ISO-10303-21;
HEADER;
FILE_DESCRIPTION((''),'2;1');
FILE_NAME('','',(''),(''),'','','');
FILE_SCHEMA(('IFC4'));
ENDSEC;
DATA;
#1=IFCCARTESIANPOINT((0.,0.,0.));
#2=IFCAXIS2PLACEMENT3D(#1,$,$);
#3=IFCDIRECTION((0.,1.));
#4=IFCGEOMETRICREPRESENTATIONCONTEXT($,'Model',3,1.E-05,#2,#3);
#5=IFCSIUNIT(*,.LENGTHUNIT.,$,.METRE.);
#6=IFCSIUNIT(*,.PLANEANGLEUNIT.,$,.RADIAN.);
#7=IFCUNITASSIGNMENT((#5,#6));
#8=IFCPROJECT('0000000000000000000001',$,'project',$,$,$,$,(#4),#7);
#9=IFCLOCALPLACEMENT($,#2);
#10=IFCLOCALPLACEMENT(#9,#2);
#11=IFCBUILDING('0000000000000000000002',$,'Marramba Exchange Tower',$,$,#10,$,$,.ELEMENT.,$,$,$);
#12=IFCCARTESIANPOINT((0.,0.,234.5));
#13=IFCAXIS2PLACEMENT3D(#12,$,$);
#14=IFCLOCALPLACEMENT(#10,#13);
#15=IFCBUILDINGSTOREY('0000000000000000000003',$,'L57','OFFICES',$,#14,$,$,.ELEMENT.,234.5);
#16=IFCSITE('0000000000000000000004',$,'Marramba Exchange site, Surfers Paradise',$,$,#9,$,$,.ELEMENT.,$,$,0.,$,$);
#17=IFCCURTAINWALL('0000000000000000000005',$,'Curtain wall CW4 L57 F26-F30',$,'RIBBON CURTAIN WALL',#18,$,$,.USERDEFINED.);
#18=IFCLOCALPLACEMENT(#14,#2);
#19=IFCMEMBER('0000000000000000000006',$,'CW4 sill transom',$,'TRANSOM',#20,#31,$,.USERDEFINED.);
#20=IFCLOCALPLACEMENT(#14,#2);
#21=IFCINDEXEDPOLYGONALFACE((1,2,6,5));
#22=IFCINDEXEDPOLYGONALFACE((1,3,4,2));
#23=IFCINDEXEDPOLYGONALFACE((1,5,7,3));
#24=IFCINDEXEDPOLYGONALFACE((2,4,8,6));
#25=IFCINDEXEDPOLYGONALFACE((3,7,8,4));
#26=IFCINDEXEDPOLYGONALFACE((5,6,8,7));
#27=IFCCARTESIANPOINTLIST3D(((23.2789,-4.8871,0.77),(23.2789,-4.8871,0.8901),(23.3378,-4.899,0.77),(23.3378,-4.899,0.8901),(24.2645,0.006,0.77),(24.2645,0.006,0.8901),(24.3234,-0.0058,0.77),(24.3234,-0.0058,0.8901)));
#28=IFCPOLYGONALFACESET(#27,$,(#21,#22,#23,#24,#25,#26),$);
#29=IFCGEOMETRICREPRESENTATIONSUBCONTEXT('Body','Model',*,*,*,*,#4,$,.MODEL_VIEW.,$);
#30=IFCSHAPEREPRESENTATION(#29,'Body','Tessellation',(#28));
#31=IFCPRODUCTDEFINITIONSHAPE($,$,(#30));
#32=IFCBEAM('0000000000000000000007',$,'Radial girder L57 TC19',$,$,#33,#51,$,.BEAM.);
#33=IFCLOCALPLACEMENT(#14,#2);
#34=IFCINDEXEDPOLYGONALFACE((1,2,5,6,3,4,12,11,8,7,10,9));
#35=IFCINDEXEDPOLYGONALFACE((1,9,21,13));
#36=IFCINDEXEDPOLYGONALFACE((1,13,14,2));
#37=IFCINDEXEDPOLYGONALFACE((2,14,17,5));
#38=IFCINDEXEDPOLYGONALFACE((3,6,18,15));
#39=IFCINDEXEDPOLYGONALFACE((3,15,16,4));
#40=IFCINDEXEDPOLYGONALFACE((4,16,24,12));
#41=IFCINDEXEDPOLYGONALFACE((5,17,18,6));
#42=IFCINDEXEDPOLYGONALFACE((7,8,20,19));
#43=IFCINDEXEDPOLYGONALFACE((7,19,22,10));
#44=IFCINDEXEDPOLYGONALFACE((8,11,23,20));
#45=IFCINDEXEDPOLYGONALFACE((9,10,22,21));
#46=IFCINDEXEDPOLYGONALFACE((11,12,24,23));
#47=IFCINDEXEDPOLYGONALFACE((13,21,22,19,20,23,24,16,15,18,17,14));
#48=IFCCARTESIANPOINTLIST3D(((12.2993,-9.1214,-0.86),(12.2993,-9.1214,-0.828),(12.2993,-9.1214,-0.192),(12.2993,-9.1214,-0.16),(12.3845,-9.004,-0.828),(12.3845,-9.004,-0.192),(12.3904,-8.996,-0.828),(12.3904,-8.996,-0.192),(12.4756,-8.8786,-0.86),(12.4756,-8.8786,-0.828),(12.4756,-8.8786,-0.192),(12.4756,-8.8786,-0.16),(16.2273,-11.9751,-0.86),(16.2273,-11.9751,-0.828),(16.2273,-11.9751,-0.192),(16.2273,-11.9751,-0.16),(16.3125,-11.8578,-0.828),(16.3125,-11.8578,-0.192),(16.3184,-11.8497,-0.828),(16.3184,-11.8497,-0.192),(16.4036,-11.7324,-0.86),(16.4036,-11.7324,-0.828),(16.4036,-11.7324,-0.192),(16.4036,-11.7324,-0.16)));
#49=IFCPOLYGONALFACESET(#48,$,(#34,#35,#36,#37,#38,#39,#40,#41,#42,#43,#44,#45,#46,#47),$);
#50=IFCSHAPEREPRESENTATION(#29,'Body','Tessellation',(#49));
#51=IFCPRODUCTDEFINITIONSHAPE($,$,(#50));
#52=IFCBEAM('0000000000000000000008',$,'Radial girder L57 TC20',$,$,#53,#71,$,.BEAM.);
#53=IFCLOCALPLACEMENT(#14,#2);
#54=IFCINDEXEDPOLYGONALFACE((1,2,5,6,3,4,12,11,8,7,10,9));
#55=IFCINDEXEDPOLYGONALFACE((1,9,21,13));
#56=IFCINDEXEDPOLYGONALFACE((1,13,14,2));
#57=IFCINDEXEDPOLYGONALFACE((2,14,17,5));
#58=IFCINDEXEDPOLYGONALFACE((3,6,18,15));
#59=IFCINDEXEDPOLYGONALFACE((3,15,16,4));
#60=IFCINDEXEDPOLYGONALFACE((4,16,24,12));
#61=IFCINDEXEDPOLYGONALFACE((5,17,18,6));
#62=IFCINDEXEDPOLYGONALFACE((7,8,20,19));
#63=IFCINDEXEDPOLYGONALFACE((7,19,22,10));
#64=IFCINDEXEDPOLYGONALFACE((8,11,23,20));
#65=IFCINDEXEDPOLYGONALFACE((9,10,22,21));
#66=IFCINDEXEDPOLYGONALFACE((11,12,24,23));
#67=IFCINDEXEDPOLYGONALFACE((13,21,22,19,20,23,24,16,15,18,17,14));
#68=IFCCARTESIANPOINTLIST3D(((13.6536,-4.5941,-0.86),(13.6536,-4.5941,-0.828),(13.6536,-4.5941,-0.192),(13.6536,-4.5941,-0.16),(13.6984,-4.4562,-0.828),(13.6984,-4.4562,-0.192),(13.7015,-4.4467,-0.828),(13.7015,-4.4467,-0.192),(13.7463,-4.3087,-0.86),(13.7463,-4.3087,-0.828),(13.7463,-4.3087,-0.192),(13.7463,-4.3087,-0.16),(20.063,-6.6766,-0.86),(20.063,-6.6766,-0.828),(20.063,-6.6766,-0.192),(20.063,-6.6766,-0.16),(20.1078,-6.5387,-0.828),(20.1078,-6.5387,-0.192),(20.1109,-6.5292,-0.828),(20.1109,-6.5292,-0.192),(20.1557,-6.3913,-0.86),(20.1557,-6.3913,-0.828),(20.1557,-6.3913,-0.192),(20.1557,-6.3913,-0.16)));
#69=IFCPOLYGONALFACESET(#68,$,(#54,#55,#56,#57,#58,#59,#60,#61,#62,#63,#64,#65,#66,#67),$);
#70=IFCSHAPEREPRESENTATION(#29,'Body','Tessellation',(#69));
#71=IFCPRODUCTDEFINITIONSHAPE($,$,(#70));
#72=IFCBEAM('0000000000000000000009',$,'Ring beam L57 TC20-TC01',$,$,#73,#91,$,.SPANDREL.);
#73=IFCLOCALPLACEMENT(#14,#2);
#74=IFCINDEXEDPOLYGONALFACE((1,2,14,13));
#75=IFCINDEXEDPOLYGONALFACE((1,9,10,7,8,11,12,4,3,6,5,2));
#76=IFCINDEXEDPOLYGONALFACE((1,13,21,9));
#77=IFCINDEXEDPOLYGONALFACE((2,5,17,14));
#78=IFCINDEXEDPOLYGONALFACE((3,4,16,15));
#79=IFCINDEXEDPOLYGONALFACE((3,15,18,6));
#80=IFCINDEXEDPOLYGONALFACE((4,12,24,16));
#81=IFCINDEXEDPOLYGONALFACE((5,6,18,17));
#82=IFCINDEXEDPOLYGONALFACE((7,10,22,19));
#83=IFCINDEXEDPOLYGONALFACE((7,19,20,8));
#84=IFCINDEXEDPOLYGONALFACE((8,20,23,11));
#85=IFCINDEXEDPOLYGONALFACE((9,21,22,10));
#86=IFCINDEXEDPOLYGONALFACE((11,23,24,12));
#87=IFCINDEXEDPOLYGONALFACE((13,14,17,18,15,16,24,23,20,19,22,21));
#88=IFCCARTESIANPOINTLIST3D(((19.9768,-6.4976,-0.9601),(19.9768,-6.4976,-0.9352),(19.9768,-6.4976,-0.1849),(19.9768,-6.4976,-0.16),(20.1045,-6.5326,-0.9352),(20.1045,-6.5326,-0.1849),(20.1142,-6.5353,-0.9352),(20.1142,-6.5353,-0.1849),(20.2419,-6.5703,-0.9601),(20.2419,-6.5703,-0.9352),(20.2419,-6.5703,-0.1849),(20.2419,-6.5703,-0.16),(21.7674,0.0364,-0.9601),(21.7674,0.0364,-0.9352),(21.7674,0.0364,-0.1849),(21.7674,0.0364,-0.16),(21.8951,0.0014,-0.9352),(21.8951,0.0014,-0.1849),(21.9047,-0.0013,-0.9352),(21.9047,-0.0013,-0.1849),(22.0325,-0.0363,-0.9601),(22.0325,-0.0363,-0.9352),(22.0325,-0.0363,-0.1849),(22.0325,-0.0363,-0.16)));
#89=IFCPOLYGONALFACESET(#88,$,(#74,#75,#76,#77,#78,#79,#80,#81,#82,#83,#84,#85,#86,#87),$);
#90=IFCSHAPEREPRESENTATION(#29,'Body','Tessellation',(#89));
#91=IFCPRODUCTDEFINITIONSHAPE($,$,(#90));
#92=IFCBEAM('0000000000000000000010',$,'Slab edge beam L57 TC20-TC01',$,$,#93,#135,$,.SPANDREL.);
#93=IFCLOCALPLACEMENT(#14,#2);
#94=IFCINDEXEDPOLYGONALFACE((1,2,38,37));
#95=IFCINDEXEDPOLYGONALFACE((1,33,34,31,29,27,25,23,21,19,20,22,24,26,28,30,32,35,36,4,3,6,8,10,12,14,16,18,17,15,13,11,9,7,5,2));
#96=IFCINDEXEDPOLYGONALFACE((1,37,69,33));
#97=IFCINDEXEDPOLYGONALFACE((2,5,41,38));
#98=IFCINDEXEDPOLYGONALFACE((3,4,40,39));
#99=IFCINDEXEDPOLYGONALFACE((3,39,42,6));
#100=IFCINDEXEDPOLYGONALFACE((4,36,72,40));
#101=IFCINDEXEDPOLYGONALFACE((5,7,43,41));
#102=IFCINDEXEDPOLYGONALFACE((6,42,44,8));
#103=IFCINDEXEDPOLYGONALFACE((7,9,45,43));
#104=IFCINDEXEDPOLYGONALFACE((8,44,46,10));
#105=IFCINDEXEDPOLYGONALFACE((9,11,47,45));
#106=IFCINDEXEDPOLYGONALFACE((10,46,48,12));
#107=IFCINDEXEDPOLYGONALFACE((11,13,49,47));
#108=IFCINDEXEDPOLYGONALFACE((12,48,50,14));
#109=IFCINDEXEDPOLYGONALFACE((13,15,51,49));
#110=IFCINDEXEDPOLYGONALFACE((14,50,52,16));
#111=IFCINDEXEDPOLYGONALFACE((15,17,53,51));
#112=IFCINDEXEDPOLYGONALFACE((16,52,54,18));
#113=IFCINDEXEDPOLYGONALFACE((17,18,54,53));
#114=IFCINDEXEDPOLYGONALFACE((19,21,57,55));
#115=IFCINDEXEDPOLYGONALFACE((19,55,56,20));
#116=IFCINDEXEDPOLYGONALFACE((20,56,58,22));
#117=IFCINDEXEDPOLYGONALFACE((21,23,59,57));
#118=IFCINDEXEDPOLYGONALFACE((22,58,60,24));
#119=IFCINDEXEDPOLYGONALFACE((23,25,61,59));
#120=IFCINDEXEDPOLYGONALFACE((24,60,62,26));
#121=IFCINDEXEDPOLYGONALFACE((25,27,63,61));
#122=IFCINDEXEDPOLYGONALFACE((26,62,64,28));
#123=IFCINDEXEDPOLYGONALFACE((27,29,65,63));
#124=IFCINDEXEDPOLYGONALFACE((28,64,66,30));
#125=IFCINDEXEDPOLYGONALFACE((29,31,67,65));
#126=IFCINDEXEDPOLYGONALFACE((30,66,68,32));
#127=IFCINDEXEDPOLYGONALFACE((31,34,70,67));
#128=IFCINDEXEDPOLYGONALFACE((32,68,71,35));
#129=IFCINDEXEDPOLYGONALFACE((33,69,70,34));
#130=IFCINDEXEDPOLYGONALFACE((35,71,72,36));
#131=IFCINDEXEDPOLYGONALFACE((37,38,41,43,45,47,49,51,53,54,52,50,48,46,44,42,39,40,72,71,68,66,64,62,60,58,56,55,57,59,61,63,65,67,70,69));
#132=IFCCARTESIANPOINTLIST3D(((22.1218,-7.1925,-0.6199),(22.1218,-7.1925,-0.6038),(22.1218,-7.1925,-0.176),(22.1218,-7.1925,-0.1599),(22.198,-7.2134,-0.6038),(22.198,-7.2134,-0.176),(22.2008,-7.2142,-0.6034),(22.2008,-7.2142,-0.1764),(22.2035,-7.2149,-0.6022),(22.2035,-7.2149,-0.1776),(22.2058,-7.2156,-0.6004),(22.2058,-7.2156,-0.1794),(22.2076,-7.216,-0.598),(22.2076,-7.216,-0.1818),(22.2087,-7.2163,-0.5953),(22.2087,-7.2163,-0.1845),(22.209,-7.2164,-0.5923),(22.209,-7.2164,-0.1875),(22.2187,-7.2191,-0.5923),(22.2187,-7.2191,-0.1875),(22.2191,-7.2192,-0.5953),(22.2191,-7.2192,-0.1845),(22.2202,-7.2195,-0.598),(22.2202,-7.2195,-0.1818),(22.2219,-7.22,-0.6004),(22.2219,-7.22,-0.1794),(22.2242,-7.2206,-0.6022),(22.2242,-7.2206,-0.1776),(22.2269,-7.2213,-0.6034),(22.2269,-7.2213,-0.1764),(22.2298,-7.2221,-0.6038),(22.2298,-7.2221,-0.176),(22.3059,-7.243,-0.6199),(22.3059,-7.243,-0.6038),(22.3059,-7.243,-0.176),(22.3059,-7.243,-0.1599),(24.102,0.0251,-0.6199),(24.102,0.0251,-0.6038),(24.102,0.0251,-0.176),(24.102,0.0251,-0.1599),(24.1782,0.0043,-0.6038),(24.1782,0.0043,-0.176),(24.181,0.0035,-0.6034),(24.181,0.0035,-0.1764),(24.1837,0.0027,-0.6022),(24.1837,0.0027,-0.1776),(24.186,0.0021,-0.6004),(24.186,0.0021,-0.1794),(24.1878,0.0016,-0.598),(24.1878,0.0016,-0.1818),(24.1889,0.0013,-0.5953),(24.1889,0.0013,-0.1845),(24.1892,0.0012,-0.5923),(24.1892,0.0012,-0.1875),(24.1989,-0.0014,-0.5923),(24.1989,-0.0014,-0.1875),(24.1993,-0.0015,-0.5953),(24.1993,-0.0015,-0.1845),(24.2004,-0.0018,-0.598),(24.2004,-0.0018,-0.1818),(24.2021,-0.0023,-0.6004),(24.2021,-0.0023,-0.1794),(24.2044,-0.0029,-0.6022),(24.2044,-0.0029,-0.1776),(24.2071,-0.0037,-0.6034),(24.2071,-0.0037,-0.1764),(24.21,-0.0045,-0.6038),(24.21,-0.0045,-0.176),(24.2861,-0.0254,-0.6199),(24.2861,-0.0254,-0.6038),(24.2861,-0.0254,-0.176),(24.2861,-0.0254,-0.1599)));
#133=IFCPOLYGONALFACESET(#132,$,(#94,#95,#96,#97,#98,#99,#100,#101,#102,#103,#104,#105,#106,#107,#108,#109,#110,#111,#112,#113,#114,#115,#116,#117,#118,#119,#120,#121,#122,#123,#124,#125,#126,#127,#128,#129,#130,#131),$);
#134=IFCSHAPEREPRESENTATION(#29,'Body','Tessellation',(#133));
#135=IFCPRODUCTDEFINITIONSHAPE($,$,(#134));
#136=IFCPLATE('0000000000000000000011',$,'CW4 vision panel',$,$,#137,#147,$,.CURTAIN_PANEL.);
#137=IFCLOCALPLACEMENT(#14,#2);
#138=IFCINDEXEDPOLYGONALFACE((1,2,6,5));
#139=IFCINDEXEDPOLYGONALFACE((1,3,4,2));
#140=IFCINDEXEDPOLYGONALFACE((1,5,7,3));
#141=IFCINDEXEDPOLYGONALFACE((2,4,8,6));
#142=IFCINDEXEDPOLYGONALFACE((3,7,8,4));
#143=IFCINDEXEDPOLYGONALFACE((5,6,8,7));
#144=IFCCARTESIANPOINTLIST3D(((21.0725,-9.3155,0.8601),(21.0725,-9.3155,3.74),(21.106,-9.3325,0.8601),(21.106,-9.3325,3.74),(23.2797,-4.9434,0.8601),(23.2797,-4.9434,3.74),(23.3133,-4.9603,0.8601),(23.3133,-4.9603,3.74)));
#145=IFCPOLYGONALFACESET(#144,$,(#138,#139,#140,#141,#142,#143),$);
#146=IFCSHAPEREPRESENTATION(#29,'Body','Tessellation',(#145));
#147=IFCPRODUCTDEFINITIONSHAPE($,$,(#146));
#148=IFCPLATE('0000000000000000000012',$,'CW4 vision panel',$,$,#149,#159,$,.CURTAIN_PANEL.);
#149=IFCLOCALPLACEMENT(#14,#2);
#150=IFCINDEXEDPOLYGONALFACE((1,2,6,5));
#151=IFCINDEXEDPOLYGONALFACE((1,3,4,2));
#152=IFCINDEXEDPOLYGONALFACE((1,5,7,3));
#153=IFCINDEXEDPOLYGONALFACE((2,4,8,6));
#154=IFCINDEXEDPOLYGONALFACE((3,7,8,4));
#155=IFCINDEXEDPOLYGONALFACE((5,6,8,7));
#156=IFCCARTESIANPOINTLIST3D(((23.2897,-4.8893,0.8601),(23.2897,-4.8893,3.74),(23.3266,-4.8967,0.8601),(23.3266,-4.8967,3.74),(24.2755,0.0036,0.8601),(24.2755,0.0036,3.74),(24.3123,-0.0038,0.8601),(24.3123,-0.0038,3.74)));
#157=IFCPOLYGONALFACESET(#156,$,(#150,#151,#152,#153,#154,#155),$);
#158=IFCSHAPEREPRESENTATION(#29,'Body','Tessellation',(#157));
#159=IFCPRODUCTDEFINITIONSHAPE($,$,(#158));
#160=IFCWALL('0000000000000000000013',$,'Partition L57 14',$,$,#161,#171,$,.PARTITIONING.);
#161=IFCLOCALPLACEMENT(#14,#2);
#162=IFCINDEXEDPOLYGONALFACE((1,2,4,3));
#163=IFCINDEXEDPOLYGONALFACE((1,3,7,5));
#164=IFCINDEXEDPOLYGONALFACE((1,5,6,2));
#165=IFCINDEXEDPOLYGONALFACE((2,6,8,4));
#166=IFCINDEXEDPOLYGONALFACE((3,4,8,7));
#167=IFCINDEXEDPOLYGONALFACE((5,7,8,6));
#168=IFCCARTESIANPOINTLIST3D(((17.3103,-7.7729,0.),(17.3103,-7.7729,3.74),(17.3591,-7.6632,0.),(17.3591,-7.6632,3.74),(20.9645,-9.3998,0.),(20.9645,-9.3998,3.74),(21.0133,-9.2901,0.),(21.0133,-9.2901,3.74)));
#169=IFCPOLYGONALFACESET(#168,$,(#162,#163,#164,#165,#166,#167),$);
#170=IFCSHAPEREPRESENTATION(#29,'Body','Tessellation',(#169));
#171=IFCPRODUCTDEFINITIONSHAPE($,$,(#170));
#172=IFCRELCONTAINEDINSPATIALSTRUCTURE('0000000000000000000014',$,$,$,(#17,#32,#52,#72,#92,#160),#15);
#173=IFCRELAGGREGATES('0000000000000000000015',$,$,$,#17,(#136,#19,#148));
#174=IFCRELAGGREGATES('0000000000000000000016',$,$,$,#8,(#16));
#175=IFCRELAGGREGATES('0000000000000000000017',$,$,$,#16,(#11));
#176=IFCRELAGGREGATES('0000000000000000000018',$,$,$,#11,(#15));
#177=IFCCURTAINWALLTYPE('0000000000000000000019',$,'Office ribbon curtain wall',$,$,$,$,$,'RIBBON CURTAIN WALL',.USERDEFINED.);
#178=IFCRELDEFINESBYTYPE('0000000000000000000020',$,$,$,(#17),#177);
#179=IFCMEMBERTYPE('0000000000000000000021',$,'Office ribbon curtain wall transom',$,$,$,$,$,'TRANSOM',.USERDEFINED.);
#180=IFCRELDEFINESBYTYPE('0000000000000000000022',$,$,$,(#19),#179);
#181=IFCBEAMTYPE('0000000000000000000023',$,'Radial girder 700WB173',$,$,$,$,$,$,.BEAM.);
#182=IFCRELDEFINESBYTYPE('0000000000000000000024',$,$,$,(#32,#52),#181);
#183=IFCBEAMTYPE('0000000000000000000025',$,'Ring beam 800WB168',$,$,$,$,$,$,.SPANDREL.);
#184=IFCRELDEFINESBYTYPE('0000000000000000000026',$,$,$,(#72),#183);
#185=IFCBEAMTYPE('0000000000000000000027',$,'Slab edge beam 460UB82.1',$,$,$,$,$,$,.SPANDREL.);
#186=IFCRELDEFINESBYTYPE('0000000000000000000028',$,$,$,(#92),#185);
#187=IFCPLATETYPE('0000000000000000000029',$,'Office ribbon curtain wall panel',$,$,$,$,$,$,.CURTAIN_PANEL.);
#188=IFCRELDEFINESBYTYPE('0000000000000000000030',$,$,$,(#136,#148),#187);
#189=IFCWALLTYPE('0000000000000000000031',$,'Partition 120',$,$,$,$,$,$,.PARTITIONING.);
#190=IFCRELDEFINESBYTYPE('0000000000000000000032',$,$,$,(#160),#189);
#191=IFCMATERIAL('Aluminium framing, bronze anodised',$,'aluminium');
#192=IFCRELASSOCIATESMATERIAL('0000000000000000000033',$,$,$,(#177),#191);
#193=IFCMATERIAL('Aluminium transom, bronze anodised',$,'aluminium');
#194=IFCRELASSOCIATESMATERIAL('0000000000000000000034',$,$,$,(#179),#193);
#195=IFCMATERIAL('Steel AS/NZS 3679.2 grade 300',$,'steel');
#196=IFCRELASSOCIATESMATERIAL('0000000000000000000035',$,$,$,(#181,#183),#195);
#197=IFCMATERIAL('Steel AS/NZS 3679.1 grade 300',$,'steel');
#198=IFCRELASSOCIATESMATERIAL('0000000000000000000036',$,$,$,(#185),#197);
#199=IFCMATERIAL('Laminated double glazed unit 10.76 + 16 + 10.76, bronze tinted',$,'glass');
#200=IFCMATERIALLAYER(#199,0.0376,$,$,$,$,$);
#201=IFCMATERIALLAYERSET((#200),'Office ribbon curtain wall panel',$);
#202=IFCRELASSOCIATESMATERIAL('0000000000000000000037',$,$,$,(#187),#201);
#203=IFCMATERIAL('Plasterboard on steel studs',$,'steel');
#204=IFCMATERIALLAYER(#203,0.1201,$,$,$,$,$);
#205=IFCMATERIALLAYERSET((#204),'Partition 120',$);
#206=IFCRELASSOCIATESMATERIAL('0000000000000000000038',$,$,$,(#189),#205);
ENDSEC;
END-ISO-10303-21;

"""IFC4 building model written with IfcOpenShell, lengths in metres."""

from ifc_helpers import new_model, si_unit, direction, frame, frame_2d, origin, origin_2d, place, context, subcontext, project, spatial, rectangle, i_section, extrude, material, layer, layer_set, material_profile, profile_set, type_object, element, aggregate, save


model = new_model("IFC4")

# Units and contexts
model_context = context("Model", 3, precision=1e-05, world=origin(), true_north=direction((0.0, 1.0)))
body_context = subcontext(model_context, "Body", "Model", "MODEL_VIEW")
ifc_project = project(units=[si_unit("LENGTHUNIT", "METRE"), si_unit("PLANEANGLEUNIT", "RADIAN")], contexts=[model_context])

# Site, building, storey
site_placement = place(None, origin())
site = spatial("IfcSite", under=ifc_project, at=site_placement, Name="Marramba Exchange site, Surfers Paradise", CompositionType="ELEMENT", RefElevation=0.0)
building_placement = place(site_placement, origin())
building = spatial("IfcBuilding", under=site, at=building_placement, Name="Marramba Exchange Tower", CompositionType="ELEMENT")
storey_placement = place(building_placement, frame((0.0, 0.0, 234.5)))
storey = spatial("IfcBuildingStorey", under=building, at=storey_placement, Name="L57", Description="OFFICES", CompositionType="ELEMENT", Elevation=234.5)

# Shared definitions
ifc_material_1 = material(Name="Steel AS/NZS 3679.2 grade 300", Category="steel")
ifc_material_2 = material(Name="Steel AS/NZS 3679.1 grade 300", Category="steel")

# Curtain wall, member
ifc_material_3 = material(Name="Aluminium framing, bronze anodised", Category="aluminium")
curtain_wall_type = type_object("IfcCurtainWallType", Name="Office ribbon curtain wall", ElementType="RIBBON CURTAIN WALL", PredefinedType="USERDEFINED", material=ifc_material_3)
curtain_wall_placement = place(storey_placement, origin())
curtain_wall = element("IfcCurtainWall", 1, at=curtain_wall_placement, inside=storey, type_object=curtain_wall_type, Name="Curtain wall CW4 L57 F26-F30", ObjectType="RIBBON CURTAIN WALL", PredefinedType="USERDEFINED")
ifc_material_4 = material(Name="Aluminium transom, bronze anodised", Category="aluminium")
ifc_material_profile_1 = material_profile(ifc_material_4, rectangle(XDim=0.0601, YDim=0.1201, at=origin_2d()), Name="CW4 transom 60x120")
ifc_profile_set_1 = profile_set([ifc_material_profile_1], Name="Aluminium transom, bronze anodised")
member_type_1 = type_object("IfcMemberType", Name="Office ribbon curtain wall transom", ElementType="TRANSOM", PredefinedType="USERDEFINED", material=ifc_profile_set_1)
member_1_placement = place(storey_placement, frame((23.3083, -4.8931, 0.8301), z_axis=(0.197461, 0.980311, 0.0), x_axis=(-0.980311, 0.197461, 0.0)))
member_1 = element("IfcMember", 2, at=member_1_placement, type_object=member_type_1, Name="CW4 sill transom", ObjectType="TRANSOM", PredefinedType="USERDEFINED", context=body_context, shape_type="SweptSolid", body=[
    extrude(rectangle(XDim=0.0601, YDim=0.1201, at=origin_2d()), origin(), (0.0, 0.0, 1.0), 4.9915),
])

# Beams
ifc_material_profile_2 = material_profile(ifc_material_1, i_section(OverallWidth=0.3, OverallDepth=0.7, WebThickness=0.01, FlangeThickness=0.032, at=origin_2d()), Name="700WB173")
ifc_profile_set_2 = profile_set([ifc_material_profile_2], Name="Steel AS/NZS 3679.2 grade 300")
beam_type_1 = type_object("IfcBeamType", Name="Radial girder 700WB173", PredefinedType="BEAM", material=ifc_profile_set_2)
beam_1_placement = place(storey_placement, frame((12.3875, -9.0, -0.51), z_axis=(0.809025, -0.587774, 0.0), x_axis=(0.587774, 0.809025, 0.0)))
element("IfcBeam", 3, at=beam_1_placement, inside=storey, type_object=beam_type_1, Name="Radial girder L57 TC19", PredefinedType="BEAM", context=body_context, shape_type="SweptSolid", body=[
    extrude(i_section(OverallWidth=0.3, OverallDepth=0.7, WebThickness=0.01, FlangeThickness=0.032, at=origin_2d()), origin(), (0.0, 0.0, 1.0), 4.8552),
])
beam_2_placement = place(storey_placement, frame((13.7, -4.4514, -0.51), z_axis=(0.951058, -0.309013, 0.0), x_axis=(0.309013, 0.951058, 0.0)))
element("IfcBeam", 4, at=beam_2_placement, inside=storey, type_object=beam_type_1, Name="Radial girder L57 TC20", PredefinedType="BEAM", context=body_context, shape_type="SweptSolid", body=[
    extrude(i_section(OverallWidth=0.3, OverallDepth=0.7, WebThickness=0.01, FlangeThickness=0.032, at=origin_2d()), origin(), (0.0, 0.0, 1.0), 6.7393),
])
ifc_material_profile_3 = material_profile(ifc_material_1, i_section(OverallWidth=0.2749, OverallDepth=0.8, WebThickness=0.01, FlangeThickness=0.0249, at=origin_2d()), Name="800WB168")
ifc_profile_set_3 = profile_set([ifc_material_profile_3], Name="Steel AS/NZS 3679.2 grade 300")
beam_type_2 = type_object("IfcBeamType", Name="Ring beam 800WB168", PredefinedType="SPANDREL", material=ifc_profile_set_3)
beam_3_placement = place(storey_placement, frame((20.1094, -6.5339, -0.5601), z_axis=(0.264291, 0.964443, 0.0), x_axis=(-0.964443, 0.264291, 0.0)))
element("IfcBeam", 5, at=beam_3_placement, inside=storey, type_object=beam_type_2, Name="Ring beam L57 TC20-TC01", PredefinedType="SPANDREL", context=body_context, shape_type="SweptSolid", body=[
    extrude(i_section(OverallWidth=0.2749, OverallDepth=0.8, WebThickness=0.01, FlangeThickness=0.0249, at=origin_2d()), origin(), (0.0, 0.0, 1.0), 6.7749),
])
ifc_material_profile_4 = material_profile(ifc_material_2, i_section(OverallWidth=0.1909, OverallDepth=0.46, WebThickness=0.01, FlangeThickness=0.0161, FilletRadius=0.0115, at=origin_2d()), Name="460UB82.1")
ifc_profile_set_4 = profile_set([ifc_material_profile_4], Name="Steel AS/NZS 3679.1 grade 300")
beam_type_3 = type_object("IfcBeamType", Name="Slab edge beam 460UB82.1", PredefinedType="SPANDREL", material=ifc_profile_set_4)
beam_4_placement = place(storey_placement, frame((22.2139, -7.2178, -0.3899), z_axis=(0.264577, 0.964365, 0.0), x_axis=(-0.964365, 0.264577, 0.0)))
element("IfcBeam", 6, at=beam_4_placement, inside=storey, type_object=beam_type_3, Name="Slab edge beam L57 TC20-TC01", PredefinedType="SPANDREL", context=body_context, shape_type="SweptSolid", body=[
    extrude(i_section(OverallWidth=0.1909, OverallDepth=0.46, WebThickness=0.01, FlangeThickness=0.0161, FilletRadius=0.0115, at=origin_2d()), origin(), (0.0, 0.0, 1.0), 7.4844),
])

# Plates
ifc_material_5 = material(Name="Laminated double glazed unit 10.76 + 16 + 10.76, bronze tinted", Category="glass")
ifc_layer_1 = layer(ifc_material_5, 0.0376)
ifc_layer_set_1 = layer_set([ifc_layer_1], Name="Office ribbon curtain wall panel")
plate_type = type_object("IfcPlateType", Name="Office ribbon curtain wall panel", PredefinedType="CURTAIN_PANEL", material=ifc_layer_set_1)
plate_1_placement = place(storey_placement, frame((22.1929, -7.1379, 0.8601), z_axis=(0.0, 0.0, 1.0), x_axis=(0.450673, 0.892689, 0.0)))
plate_1 = element("IfcPlate", 7, at=plate_1_placement, type_object=plate_type, Name="CW4 vision panel", PredefinedType="CURTAIN_PANEL", context=body_context, shape_type="SweptSolid", body=[
    extrude(rectangle(XDim=4.8977, YDim=0.0376, at=origin_2d()), origin(), (0.0, 0.0, 1.0), 2.8799),
])
plate_2_placement = place(storey_placement, frame((23.801, -2.4465, 0.8601), z_axis=(0.0, 0.0, 1.0), x_axis=(0.197495, 0.980304, 0.0)))
plate_2 = element("IfcPlate", 8, at=plate_2_placement, type_object=plate_type, Name="CW4 vision panel", PredefinedType="CURTAIN_PANEL", context=body_context, shape_type="SweptSolid", body=[
    extrude(rectangle(XDim=4.9912, YDim=0.0376, at=origin_2d()), origin(), (0.0, 0.0, 1.0), 2.8799),
])
aggregate(curtain_wall, [plate_1, member_1, plate_2])

# Wall
ifc_material_6 = material(Name="Plasterboard on steel studs", Category="steel")
ifc_layer_2 = layer(ifc_material_6, 0.1201)
ifc_layer_set_2 = layer_set([ifc_layer_2], Name="Partition 120")
wall_type_1 = type_object("IfcWallType", Name="Partition 120", PredefinedType="PARTITIONING", material=ifc_layer_set_2)
wall_1_placement = place(storey_placement, frame((17.3347, -7.718, 0.0), z_axis=(0.0, 0.0, 1.0), x_axis=(0.91355, -0.406727, 0.0)))
element("IfcWall", 9, at=wall_1_placement, inside=storey, type_object=wall_type_1, Name="Partition L57 14", PredefinedType="PARTITIONING", context=body_context, shape_type="SweptSolid", body=[
    extrude(rectangle(XDim=4.0, YDim=0.1201, at=frame_2d((2.0, 0.0))), origin(), (0.0, 0.0, 1.0), 3.74),
])

save(model, "model.ifc")
